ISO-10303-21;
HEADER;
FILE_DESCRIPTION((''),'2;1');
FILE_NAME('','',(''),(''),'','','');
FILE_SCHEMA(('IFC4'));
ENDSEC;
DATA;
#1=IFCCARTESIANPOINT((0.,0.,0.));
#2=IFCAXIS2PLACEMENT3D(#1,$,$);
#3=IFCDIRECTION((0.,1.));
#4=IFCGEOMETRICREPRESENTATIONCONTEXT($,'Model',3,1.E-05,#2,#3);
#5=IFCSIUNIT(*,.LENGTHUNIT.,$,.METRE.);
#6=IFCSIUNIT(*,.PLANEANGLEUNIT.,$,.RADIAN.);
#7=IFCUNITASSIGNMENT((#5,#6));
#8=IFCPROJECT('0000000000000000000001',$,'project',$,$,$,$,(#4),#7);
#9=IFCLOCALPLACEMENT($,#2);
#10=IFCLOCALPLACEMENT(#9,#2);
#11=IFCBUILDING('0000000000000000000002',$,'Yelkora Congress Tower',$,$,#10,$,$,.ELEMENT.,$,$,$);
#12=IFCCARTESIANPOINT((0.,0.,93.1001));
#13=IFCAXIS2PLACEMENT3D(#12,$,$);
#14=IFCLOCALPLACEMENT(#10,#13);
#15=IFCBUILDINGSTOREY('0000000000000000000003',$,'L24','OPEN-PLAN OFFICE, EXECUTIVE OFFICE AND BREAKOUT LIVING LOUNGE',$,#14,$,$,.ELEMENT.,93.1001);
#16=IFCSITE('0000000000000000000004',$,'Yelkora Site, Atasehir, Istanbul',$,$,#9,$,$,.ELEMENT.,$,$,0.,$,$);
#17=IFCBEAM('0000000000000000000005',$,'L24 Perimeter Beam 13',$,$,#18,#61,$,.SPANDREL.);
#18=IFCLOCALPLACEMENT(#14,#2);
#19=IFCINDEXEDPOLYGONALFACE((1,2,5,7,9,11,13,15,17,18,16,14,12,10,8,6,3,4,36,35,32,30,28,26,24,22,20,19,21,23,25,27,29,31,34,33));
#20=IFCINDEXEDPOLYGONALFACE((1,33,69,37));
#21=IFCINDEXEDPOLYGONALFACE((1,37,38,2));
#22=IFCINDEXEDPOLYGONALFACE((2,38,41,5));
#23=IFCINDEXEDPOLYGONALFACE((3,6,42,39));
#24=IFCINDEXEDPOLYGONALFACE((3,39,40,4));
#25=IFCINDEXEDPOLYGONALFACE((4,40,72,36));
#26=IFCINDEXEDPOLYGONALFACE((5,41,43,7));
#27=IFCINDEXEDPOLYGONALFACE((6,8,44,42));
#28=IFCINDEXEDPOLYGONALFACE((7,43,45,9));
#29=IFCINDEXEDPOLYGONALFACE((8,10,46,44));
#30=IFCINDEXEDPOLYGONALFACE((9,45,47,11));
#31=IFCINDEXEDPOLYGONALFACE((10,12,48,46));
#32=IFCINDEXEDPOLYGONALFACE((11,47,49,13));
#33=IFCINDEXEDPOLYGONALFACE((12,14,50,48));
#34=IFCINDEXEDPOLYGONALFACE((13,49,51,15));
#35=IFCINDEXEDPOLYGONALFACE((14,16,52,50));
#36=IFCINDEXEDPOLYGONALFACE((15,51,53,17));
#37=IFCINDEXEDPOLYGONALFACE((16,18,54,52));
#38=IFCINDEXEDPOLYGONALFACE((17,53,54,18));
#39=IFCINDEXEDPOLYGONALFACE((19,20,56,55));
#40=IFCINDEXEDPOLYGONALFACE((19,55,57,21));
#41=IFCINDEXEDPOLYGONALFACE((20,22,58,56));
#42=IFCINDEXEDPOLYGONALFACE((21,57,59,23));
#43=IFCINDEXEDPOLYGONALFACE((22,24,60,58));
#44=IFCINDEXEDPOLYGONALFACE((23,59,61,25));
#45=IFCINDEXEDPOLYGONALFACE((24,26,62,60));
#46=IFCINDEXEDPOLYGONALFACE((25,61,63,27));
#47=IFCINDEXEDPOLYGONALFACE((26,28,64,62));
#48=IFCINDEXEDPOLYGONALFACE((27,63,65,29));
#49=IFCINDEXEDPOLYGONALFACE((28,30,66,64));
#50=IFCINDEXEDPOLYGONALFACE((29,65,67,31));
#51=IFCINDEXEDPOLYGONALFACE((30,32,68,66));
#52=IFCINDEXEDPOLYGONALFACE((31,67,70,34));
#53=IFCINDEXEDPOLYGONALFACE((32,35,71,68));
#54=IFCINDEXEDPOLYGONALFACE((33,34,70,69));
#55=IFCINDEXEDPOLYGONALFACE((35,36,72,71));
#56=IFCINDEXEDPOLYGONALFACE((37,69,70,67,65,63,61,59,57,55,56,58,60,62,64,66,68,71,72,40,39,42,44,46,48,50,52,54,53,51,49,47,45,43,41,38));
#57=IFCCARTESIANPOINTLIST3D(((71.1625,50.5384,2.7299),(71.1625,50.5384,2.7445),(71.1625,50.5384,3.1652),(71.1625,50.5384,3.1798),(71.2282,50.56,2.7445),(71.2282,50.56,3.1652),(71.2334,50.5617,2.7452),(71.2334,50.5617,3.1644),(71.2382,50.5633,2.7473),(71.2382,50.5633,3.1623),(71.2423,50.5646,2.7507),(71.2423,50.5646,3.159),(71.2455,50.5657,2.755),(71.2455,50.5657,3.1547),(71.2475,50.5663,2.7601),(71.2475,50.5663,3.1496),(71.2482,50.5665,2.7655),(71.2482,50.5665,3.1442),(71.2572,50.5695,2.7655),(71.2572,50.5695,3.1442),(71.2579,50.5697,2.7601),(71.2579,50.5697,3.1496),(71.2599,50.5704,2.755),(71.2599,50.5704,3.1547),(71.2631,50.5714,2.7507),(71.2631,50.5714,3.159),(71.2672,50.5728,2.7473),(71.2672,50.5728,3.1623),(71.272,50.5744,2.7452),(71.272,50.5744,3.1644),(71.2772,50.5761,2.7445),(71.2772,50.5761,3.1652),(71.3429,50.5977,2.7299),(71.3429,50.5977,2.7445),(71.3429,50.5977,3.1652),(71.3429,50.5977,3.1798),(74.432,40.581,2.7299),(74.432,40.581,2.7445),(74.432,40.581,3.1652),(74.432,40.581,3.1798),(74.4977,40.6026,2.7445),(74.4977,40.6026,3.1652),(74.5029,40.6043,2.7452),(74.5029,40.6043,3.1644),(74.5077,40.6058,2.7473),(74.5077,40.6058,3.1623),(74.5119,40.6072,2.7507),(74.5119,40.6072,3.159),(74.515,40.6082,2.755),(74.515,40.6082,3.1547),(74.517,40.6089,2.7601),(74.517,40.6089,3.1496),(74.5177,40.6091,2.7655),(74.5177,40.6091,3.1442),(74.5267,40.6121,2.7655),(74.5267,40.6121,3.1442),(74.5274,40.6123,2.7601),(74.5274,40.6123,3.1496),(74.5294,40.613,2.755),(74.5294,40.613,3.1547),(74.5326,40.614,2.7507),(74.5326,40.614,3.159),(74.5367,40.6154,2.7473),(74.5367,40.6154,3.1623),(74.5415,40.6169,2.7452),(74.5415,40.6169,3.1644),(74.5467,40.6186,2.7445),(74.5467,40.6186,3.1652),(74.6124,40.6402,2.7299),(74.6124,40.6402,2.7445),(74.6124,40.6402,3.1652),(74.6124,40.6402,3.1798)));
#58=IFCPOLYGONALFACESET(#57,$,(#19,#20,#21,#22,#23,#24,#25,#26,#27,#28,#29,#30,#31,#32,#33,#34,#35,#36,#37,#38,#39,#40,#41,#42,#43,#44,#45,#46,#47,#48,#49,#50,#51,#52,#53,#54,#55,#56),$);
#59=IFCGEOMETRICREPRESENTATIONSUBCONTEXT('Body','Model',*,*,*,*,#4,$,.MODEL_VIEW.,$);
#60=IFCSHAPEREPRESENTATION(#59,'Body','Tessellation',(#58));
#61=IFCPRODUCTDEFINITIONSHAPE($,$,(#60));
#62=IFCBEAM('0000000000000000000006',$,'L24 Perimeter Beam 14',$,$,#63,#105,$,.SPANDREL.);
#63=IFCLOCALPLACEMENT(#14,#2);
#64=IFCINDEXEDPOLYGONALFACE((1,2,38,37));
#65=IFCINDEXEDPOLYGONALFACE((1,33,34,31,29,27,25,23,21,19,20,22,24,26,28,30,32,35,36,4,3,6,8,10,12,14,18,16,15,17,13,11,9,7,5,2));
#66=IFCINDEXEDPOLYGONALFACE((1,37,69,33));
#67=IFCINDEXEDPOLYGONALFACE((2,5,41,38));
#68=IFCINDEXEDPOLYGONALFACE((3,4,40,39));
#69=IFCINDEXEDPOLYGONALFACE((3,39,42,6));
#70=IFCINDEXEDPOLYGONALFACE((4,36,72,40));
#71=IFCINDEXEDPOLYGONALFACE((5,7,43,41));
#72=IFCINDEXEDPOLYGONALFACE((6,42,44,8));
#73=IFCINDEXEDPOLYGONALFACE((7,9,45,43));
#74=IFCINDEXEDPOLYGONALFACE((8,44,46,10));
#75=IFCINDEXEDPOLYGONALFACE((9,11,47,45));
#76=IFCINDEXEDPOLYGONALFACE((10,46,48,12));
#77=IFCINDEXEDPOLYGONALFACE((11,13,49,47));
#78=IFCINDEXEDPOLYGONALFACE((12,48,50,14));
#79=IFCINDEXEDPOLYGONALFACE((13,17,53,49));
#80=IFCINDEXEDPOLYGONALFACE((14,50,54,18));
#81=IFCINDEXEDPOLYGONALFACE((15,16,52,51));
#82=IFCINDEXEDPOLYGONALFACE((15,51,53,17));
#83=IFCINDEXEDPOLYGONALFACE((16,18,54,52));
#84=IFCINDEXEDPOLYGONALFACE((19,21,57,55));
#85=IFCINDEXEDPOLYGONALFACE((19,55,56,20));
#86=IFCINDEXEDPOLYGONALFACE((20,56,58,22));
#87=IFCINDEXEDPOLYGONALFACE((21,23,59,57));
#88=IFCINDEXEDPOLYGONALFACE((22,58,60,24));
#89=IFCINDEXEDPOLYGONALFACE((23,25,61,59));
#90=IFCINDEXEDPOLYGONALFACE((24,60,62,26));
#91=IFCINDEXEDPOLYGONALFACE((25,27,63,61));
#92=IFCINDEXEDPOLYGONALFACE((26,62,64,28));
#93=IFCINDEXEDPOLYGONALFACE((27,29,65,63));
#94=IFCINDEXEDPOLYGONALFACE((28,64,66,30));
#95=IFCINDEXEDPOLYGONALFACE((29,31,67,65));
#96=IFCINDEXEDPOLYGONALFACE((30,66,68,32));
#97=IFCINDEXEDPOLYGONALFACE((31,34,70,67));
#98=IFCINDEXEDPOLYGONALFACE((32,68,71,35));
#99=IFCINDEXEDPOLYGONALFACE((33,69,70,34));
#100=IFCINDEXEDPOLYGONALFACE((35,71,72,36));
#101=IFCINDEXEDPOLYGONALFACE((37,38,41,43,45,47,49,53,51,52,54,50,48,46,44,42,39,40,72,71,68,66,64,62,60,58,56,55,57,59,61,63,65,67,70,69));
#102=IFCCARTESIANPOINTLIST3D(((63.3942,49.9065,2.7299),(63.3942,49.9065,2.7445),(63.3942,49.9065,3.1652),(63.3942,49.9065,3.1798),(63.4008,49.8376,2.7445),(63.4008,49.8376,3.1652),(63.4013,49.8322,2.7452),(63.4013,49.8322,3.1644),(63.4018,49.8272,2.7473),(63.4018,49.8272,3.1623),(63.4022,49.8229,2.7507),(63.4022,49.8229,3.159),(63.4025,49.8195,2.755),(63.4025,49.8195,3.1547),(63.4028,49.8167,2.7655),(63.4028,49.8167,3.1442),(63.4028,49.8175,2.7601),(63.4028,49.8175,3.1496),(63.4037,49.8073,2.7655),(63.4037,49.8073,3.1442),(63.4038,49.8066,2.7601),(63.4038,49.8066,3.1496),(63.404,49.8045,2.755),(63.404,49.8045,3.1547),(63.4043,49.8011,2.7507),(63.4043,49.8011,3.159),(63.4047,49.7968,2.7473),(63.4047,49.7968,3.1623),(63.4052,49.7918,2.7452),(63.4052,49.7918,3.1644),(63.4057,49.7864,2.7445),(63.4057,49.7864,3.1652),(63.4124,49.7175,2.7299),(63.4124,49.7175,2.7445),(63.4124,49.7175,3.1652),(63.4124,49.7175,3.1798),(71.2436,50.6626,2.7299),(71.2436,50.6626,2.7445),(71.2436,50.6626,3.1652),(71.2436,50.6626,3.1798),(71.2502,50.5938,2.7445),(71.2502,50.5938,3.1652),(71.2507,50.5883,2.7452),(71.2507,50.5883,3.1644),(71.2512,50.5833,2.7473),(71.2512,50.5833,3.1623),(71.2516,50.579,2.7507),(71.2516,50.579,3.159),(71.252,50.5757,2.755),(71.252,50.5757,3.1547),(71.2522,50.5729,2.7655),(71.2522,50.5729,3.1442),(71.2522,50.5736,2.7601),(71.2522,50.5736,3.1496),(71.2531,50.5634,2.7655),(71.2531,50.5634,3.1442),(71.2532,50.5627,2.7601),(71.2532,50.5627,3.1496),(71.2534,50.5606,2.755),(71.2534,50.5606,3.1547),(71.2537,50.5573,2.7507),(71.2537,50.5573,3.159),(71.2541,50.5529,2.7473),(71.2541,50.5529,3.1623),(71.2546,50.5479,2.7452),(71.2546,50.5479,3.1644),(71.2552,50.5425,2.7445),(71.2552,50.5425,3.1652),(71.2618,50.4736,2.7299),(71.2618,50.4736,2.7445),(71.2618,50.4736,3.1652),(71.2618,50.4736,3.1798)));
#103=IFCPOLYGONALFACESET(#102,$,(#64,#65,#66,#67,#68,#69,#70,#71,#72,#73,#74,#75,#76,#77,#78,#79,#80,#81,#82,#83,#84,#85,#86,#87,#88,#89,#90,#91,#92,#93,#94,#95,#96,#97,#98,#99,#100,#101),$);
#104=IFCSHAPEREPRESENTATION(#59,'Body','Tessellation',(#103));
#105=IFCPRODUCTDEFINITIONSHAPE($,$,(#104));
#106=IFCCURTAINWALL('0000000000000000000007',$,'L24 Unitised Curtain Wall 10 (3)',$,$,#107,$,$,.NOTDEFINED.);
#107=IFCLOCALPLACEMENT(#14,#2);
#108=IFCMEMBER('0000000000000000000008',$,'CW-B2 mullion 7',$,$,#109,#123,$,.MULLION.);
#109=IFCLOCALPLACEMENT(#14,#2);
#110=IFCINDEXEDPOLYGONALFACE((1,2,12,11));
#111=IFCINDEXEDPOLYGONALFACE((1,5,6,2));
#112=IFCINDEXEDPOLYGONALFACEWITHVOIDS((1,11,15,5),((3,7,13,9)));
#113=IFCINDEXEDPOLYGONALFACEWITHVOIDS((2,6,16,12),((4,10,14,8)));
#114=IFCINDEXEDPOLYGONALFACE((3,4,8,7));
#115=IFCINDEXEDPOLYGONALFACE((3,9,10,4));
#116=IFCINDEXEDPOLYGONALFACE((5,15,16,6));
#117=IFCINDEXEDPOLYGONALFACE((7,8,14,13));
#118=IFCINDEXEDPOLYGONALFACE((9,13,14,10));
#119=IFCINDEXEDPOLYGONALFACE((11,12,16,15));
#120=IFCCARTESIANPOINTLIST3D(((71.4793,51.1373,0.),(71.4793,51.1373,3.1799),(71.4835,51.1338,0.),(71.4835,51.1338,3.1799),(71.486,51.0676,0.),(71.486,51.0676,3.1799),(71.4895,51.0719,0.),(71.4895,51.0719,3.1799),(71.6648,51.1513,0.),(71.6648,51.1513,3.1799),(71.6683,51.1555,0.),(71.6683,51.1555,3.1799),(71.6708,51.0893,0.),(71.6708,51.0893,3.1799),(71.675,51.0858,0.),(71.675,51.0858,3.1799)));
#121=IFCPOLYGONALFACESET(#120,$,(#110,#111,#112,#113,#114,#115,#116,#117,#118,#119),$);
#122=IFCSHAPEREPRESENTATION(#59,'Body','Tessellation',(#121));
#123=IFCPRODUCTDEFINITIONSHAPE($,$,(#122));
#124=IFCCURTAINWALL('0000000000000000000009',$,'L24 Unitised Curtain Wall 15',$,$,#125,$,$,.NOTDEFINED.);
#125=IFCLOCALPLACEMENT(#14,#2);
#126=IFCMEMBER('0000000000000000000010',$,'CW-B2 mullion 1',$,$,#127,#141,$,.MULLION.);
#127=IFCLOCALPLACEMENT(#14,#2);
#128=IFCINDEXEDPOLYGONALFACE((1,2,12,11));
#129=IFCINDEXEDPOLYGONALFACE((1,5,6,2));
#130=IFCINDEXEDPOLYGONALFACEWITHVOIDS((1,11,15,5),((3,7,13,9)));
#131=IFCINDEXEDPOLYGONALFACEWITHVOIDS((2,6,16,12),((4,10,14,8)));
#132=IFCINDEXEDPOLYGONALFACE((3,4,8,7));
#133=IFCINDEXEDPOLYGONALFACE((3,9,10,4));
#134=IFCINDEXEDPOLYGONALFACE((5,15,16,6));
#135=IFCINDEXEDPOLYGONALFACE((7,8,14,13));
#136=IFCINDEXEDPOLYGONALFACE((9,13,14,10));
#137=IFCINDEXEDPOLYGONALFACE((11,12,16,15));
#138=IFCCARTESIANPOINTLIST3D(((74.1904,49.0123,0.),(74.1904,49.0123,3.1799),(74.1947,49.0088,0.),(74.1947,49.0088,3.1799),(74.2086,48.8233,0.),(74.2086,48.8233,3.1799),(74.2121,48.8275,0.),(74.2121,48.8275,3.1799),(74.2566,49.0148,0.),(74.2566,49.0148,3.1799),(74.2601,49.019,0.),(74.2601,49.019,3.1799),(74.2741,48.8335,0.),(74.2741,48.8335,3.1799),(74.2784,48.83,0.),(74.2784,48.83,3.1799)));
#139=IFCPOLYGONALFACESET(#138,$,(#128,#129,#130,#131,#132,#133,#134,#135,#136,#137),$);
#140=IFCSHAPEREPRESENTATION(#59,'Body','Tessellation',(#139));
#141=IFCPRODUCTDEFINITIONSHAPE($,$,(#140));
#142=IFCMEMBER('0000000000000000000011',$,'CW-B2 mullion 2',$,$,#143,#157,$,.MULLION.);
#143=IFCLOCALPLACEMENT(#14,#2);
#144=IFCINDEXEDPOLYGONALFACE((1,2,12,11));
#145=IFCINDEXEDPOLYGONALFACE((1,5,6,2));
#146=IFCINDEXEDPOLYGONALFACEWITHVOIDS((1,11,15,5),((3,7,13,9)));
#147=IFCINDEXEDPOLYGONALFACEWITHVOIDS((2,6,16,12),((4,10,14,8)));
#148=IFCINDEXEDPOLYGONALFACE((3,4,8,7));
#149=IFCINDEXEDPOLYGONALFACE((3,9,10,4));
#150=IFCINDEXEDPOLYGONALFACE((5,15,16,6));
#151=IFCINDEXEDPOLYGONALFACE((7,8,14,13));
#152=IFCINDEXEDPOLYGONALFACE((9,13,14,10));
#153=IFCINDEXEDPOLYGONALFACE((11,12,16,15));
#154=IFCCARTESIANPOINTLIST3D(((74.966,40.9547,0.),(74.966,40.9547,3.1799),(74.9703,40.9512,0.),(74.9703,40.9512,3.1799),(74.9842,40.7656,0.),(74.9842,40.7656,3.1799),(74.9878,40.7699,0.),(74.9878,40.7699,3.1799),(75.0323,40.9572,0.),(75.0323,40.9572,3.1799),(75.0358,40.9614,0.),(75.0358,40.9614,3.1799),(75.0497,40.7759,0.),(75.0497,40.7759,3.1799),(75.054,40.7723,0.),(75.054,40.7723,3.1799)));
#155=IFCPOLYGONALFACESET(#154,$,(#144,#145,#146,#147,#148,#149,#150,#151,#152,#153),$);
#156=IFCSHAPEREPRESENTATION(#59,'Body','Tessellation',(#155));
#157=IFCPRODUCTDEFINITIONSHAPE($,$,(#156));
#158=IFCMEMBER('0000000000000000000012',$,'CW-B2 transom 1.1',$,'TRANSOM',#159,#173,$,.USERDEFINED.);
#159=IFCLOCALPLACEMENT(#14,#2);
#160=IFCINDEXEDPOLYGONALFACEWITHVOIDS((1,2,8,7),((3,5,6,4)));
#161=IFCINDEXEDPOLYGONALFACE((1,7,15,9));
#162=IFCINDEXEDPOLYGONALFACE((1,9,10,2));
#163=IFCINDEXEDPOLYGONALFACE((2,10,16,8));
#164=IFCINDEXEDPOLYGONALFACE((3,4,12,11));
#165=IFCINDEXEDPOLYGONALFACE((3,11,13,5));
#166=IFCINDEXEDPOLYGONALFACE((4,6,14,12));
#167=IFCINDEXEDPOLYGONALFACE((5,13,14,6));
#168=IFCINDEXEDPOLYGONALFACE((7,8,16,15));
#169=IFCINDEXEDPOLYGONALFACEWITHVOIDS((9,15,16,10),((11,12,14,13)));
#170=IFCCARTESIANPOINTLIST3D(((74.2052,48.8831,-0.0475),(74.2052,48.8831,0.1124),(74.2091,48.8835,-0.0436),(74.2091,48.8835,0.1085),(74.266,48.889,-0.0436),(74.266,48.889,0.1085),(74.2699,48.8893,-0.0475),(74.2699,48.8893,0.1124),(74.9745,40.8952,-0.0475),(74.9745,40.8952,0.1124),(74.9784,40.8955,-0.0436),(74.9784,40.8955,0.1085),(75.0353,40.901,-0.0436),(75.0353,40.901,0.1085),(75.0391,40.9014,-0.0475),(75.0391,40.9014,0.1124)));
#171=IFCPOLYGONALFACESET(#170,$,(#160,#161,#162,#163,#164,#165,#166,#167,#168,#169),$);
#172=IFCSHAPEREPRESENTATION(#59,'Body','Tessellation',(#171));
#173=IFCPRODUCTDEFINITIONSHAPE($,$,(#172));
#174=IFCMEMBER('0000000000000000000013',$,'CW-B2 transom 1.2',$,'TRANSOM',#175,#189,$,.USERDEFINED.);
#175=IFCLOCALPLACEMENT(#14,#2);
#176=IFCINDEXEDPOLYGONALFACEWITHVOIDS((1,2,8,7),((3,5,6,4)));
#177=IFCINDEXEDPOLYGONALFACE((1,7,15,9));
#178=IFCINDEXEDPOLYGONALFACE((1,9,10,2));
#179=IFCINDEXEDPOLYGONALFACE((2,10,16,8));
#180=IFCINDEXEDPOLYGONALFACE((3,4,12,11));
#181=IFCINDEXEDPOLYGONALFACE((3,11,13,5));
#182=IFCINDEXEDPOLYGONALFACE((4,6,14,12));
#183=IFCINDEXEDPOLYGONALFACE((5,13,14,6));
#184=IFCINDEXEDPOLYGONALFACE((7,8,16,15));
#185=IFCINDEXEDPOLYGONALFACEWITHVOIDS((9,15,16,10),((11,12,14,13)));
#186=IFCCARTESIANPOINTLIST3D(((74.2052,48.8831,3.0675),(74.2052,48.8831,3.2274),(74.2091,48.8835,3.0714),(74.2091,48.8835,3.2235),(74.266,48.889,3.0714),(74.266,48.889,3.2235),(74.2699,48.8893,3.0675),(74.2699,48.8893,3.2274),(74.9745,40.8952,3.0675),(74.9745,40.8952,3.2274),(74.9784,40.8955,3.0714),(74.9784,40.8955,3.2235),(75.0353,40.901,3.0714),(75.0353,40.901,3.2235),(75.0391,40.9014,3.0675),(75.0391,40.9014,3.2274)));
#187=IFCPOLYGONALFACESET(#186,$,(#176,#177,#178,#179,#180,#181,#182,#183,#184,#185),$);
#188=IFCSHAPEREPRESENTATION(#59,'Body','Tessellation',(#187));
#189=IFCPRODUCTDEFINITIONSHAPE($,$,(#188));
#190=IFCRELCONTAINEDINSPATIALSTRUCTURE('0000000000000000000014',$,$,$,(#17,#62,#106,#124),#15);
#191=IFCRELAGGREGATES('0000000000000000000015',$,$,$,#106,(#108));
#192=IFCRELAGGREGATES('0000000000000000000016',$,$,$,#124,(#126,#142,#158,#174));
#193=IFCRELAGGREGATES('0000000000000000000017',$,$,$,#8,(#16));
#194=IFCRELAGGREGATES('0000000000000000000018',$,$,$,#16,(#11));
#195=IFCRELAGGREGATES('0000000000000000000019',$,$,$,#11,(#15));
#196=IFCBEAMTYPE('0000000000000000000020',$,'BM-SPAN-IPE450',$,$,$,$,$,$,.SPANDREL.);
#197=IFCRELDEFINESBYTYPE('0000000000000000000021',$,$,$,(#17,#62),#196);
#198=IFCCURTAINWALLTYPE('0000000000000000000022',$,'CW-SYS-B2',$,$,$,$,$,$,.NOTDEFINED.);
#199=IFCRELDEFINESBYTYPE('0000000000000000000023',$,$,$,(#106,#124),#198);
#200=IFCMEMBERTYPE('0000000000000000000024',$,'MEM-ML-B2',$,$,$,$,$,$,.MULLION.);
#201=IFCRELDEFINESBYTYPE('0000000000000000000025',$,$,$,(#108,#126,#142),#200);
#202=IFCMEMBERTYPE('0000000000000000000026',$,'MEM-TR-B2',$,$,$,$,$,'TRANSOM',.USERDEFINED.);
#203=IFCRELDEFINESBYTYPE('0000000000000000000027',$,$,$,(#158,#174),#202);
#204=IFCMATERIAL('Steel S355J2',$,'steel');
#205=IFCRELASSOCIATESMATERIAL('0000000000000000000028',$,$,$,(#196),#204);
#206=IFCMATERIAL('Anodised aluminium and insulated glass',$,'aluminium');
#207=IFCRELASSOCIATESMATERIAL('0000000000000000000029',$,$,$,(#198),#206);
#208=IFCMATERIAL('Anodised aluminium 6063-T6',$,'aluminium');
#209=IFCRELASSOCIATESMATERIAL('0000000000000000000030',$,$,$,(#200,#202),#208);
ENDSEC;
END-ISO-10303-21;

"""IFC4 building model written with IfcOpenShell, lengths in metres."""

from ifc_helpers import new_model, si_unit, direction, frame, origin, origin_2d, place, context, subcontext, project, spatial, hollow_rectangle, i_section, extrude, material, material_profile, profile_set, type_object, element, aggregate, save


model = new_model("IFC4")

# Units and contexts
model_context = context("Model", 3, precision=1e-05, world=origin(), true_north=direction((0.0, 1.0)))
body_context = subcontext(model_context, "Body", "Model", "MODEL_VIEW")
ifc_project = project(units=[si_unit("LENGTHUNIT", "METRE"), si_unit("PLANEANGLEUNIT", "RADIAN")], contexts=[model_context])

# Site, building, storey
site_placement = place(None, origin())
site = spatial("IfcSite", under=ifc_project, at=site_placement, Name="Yelkora Site, Atasehir, Istanbul", CompositionType="ELEMENT", RefElevation=0.0)
building_placement = place(site_placement, origin())
building = spatial("IfcBuilding", under=site, at=building_placement, Name="Yelkora Congress Tower", CompositionType="ELEMENT")
storey_placement = place(building_placement, frame((0.0, 0.0, 93.1001)))
storey = spatial("IfcBuildingStorey", under=building, at=storey_placement, Name="L24", Description="OPEN-PLAN OFFICE, EXECUTIVE OFFICE AND BREAKOUT LIVING LOUNGE", CompositionType="ELEMENT", Elevation=93.1001)

# Beams
ifc_material_1 = material(Name="Steel S355J2", Category="steel")
ifc_material_profile_1 = material_profile(ifc_material_1, i_section(OverallWidth=0.1899, OverallDepth=0.45, WebThickness=0.0095, FlangeThickness=0.0146, FilletRadius=0.021, at=origin_2d()), Name="IPE 450")
ifc_profile_set_1 = profile_set([ifc_material_profile_1], Name="Steel S355J2")
beam_type_1 = type_object("IfcBeamType", Name="BM-SPAN-IPE450", PredefinedType="SPANDREL", material=ifc_profile_set_1)
beam_1_placement = place(storey_placement, frame((74.5222, 40.6106, 2.9548), z_axis=(-0.311962, 0.950095, 0.0), x_axis=(-0.950095, -0.311962, 0.0)))
element("IfcBeam", 1, at=beam_1_placement, inside=storey, type_object=beam_type_1, Name="L24 Perimeter Beam 13", PredefinedType="SPANDREL", context=body_context, shape_type="SweptSolid", body=[
    extrude(i_section(OverallWidth=0.1899, OverallDepth=0.45, WebThickness=0.0095, FlangeThickness=0.0146, FilletRadius=0.021, at=origin_2d()), origin(), (0.0, 0.0, 1.0), 10.4805),
])
beam_2_placement = place(storey_placement, frame((71.2527, 50.5681, 2.9548), z_axis=(-0.995393, -0.095883, 0.0), x_axis=(0.095883, -0.995393, 0.0)))
element("IfcBeam", 2, at=beam_2_placement, inside=storey, type_object=beam_type_1, Name="L24 Perimeter Beam 14", PredefinedType="SPANDREL", context=body_context, shape_type="SweptSolid", body=[
    extrude(i_section(OverallWidth=0.1899, OverallDepth=0.45, WebThickness=0.0095, FlangeThickness=0.0146, FilletRadius=0.021, at=origin_2d()), origin(), (0.0, 0.0, 1.0), 7.8857),
])

# Curtain wall, member
ifc_material_2 = material(Name="Anodised aluminium and insulated glass", Category="aluminium")
curtain_wall_type = type_object("IfcCurtainWallType", Name="CW-SYS-B2", PredefinedType="NOTDEFINED", material=ifc_material_2)
curtain_wall_1_placement = place(storey_placement, origin())
curtain_wall_1 = element("IfcCurtainWall", 3, at=curtain_wall_1_placement, inside=storey, type_object=curtain_wall_type, Name="L24 Unitised Curtain Wall 10 (3)", PredefinedType="NOTDEFINED")
ifc_material_3 = material(Name="Anodised aluminium 6063-T6", Category="aluminium")
ifc_material_profile_2 = material_profile(ifc_material_3, hollow_rectangle(XDim=0.0701, YDim=0.1899, WallThickness=0.0039, at=origin_2d()), Name="ALU 70x190x4")
ifc_profile_set_2 = profile_set([ifc_material_profile_2], Name="Anodised aluminium 6063-T6")
member_type_1 = type_object("IfcMemberType", Name="MEM-ML-B2", PredefinedType="MULLION", material=ifc_profile_set_2)
member_1_placement = place(storey_placement, frame((71.5771, 51.1116, 0.0), z_axis=(0.0, 0.0, 1.0), x_axis=(-0.095844, 0.995396, 0.0)))
member_1 = element("IfcMember", 4, at=member_1_placement, type_object=member_type_1, Name="CW-B2 mullion 7", PredefinedType="MULLION", context=body_context, shape_type="SweptSolid", body=[
    extrude(hollow_rectangle(XDim=0.0701, YDim=0.1899, WallThickness=0.0039, at=origin_2d()), origin(), (0.0, 0.0, 1.0), 3.1799),
])
aggregate(curtain_wall_1, [member_1])

# Curtain wall, members
curtain_wall_2_placement = place(storey_placement, origin())
curtain_wall_2 = element("IfcCurtainWall", 5, at=curtain_wall_2_placement, inside=storey, type_object=curtain_wall_type, Name="L24 Unitised Curtain Wall 15", PredefinedType="NOTDEFINED")
member_2_placement = place(storey_placement, frame((74.2344, 48.9211, 0.0), z_axis=(0.0, 0.0, 1.0), x_axis=(0.995397, 0.095843, 0.0)))
member_2 = element("IfcMember", 6, at=member_2_placement, type_object=member_type_1, Name="CW-B2 mullion 1", PredefinedType="MULLION", context=body_context, shape_type="SweptSolid", body=[
    extrude(hollow_rectangle(XDim=0.0701, YDim=0.1899, WallThickness=0.0039, at=origin_2d()), origin(), (0.0, 0.0, 1.0), 3.1799),
])
member_3_placement = place(storey_placement, frame((75.01, 40.8635, 0.0), z_axis=(0.0, 0.0, 1.0), x_axis=(0.995397, 0.095843, 0.0)))
member_3 = element("IfcMember", 7, at=member_3_placement, type_object=member_type_1, Name="CW-B2 mullion 2", PredefinedType="MULLION", context=body_context, shape_type="SweptSolid", body=[
    extrude(hollow_rectangle(XDim=0.0701, YDim=0.1899, WallThickness=0.0039, at=origin_2d()), origin(), (0.0, 0.0, 1.0), 3.1799),
])
ifc_material_profile_3 = material_profile(ifc_material_3, hollow_rectangle(XDim=0.0649, YDim=0.1599, WallThickness=0.0039, at=origin_2d()), Name="ALU 65x160x4")
ifc_profile_set_3 = profile_set([ifc_material_profile_3], Name="Anodised aluminium 6063-T6")
member_type_2 = type_object("IfcMemberType", Name="MEM-TR-B2", ElementType="TRANSOM", PredefinedType="USERDEFINED", material=ifc_profile_set_3)
member_4_placement = place(storey_placement, frame((74.2375, 48.8862, 0.0325), z_axis=(0.095861, -0.995395, 0.0), x_axis=(0.995395, 0.095861, 0.0)))
member_4 = element("IfcMember", 8, at=member_4_placement, type_object=member_type_2, Name="CW-B2 transom 1.1", ObjectType="TRANSOM", PredefinedType="USERDEFINED", context=body_context, shape_type="SweptSolid", body=[
    extrude(hollow_rectangle(XDim=0.0649, YDim=0.1599, WallThickness=0.0039, at=origin_2d()), origin(), (0.0, 0.0, 1.0), 8.0249),
])
member_5_placement = place(storey_placement, frame((74.2375, 48.8862, 3.1475), z_axis=(0.095861, -0.995395, 0.0), x_axis=(0.995395, 0.095861, 0.0)))
member_5 = element("IfcMember", 9, at=member_5_placement, type_object=member_type_2, Name="CW-B2 transom 1.2", ObjectType="TRANSOM", PredefinedType="USERDEFINED", context=body_context, shape_type="SweptSolid", body=[
    extrude(hollow_rectangle(XDim=0.0649, YDim=0.1599, WallThickness=0.0039, at=origin_2d()), origin(), (0.0, 0.0, 1.0), 8.0249),
])
aggregate(curtain_wall_2, [member_2, member_3, member_4, member_5])

save(model, "model.ifc")
